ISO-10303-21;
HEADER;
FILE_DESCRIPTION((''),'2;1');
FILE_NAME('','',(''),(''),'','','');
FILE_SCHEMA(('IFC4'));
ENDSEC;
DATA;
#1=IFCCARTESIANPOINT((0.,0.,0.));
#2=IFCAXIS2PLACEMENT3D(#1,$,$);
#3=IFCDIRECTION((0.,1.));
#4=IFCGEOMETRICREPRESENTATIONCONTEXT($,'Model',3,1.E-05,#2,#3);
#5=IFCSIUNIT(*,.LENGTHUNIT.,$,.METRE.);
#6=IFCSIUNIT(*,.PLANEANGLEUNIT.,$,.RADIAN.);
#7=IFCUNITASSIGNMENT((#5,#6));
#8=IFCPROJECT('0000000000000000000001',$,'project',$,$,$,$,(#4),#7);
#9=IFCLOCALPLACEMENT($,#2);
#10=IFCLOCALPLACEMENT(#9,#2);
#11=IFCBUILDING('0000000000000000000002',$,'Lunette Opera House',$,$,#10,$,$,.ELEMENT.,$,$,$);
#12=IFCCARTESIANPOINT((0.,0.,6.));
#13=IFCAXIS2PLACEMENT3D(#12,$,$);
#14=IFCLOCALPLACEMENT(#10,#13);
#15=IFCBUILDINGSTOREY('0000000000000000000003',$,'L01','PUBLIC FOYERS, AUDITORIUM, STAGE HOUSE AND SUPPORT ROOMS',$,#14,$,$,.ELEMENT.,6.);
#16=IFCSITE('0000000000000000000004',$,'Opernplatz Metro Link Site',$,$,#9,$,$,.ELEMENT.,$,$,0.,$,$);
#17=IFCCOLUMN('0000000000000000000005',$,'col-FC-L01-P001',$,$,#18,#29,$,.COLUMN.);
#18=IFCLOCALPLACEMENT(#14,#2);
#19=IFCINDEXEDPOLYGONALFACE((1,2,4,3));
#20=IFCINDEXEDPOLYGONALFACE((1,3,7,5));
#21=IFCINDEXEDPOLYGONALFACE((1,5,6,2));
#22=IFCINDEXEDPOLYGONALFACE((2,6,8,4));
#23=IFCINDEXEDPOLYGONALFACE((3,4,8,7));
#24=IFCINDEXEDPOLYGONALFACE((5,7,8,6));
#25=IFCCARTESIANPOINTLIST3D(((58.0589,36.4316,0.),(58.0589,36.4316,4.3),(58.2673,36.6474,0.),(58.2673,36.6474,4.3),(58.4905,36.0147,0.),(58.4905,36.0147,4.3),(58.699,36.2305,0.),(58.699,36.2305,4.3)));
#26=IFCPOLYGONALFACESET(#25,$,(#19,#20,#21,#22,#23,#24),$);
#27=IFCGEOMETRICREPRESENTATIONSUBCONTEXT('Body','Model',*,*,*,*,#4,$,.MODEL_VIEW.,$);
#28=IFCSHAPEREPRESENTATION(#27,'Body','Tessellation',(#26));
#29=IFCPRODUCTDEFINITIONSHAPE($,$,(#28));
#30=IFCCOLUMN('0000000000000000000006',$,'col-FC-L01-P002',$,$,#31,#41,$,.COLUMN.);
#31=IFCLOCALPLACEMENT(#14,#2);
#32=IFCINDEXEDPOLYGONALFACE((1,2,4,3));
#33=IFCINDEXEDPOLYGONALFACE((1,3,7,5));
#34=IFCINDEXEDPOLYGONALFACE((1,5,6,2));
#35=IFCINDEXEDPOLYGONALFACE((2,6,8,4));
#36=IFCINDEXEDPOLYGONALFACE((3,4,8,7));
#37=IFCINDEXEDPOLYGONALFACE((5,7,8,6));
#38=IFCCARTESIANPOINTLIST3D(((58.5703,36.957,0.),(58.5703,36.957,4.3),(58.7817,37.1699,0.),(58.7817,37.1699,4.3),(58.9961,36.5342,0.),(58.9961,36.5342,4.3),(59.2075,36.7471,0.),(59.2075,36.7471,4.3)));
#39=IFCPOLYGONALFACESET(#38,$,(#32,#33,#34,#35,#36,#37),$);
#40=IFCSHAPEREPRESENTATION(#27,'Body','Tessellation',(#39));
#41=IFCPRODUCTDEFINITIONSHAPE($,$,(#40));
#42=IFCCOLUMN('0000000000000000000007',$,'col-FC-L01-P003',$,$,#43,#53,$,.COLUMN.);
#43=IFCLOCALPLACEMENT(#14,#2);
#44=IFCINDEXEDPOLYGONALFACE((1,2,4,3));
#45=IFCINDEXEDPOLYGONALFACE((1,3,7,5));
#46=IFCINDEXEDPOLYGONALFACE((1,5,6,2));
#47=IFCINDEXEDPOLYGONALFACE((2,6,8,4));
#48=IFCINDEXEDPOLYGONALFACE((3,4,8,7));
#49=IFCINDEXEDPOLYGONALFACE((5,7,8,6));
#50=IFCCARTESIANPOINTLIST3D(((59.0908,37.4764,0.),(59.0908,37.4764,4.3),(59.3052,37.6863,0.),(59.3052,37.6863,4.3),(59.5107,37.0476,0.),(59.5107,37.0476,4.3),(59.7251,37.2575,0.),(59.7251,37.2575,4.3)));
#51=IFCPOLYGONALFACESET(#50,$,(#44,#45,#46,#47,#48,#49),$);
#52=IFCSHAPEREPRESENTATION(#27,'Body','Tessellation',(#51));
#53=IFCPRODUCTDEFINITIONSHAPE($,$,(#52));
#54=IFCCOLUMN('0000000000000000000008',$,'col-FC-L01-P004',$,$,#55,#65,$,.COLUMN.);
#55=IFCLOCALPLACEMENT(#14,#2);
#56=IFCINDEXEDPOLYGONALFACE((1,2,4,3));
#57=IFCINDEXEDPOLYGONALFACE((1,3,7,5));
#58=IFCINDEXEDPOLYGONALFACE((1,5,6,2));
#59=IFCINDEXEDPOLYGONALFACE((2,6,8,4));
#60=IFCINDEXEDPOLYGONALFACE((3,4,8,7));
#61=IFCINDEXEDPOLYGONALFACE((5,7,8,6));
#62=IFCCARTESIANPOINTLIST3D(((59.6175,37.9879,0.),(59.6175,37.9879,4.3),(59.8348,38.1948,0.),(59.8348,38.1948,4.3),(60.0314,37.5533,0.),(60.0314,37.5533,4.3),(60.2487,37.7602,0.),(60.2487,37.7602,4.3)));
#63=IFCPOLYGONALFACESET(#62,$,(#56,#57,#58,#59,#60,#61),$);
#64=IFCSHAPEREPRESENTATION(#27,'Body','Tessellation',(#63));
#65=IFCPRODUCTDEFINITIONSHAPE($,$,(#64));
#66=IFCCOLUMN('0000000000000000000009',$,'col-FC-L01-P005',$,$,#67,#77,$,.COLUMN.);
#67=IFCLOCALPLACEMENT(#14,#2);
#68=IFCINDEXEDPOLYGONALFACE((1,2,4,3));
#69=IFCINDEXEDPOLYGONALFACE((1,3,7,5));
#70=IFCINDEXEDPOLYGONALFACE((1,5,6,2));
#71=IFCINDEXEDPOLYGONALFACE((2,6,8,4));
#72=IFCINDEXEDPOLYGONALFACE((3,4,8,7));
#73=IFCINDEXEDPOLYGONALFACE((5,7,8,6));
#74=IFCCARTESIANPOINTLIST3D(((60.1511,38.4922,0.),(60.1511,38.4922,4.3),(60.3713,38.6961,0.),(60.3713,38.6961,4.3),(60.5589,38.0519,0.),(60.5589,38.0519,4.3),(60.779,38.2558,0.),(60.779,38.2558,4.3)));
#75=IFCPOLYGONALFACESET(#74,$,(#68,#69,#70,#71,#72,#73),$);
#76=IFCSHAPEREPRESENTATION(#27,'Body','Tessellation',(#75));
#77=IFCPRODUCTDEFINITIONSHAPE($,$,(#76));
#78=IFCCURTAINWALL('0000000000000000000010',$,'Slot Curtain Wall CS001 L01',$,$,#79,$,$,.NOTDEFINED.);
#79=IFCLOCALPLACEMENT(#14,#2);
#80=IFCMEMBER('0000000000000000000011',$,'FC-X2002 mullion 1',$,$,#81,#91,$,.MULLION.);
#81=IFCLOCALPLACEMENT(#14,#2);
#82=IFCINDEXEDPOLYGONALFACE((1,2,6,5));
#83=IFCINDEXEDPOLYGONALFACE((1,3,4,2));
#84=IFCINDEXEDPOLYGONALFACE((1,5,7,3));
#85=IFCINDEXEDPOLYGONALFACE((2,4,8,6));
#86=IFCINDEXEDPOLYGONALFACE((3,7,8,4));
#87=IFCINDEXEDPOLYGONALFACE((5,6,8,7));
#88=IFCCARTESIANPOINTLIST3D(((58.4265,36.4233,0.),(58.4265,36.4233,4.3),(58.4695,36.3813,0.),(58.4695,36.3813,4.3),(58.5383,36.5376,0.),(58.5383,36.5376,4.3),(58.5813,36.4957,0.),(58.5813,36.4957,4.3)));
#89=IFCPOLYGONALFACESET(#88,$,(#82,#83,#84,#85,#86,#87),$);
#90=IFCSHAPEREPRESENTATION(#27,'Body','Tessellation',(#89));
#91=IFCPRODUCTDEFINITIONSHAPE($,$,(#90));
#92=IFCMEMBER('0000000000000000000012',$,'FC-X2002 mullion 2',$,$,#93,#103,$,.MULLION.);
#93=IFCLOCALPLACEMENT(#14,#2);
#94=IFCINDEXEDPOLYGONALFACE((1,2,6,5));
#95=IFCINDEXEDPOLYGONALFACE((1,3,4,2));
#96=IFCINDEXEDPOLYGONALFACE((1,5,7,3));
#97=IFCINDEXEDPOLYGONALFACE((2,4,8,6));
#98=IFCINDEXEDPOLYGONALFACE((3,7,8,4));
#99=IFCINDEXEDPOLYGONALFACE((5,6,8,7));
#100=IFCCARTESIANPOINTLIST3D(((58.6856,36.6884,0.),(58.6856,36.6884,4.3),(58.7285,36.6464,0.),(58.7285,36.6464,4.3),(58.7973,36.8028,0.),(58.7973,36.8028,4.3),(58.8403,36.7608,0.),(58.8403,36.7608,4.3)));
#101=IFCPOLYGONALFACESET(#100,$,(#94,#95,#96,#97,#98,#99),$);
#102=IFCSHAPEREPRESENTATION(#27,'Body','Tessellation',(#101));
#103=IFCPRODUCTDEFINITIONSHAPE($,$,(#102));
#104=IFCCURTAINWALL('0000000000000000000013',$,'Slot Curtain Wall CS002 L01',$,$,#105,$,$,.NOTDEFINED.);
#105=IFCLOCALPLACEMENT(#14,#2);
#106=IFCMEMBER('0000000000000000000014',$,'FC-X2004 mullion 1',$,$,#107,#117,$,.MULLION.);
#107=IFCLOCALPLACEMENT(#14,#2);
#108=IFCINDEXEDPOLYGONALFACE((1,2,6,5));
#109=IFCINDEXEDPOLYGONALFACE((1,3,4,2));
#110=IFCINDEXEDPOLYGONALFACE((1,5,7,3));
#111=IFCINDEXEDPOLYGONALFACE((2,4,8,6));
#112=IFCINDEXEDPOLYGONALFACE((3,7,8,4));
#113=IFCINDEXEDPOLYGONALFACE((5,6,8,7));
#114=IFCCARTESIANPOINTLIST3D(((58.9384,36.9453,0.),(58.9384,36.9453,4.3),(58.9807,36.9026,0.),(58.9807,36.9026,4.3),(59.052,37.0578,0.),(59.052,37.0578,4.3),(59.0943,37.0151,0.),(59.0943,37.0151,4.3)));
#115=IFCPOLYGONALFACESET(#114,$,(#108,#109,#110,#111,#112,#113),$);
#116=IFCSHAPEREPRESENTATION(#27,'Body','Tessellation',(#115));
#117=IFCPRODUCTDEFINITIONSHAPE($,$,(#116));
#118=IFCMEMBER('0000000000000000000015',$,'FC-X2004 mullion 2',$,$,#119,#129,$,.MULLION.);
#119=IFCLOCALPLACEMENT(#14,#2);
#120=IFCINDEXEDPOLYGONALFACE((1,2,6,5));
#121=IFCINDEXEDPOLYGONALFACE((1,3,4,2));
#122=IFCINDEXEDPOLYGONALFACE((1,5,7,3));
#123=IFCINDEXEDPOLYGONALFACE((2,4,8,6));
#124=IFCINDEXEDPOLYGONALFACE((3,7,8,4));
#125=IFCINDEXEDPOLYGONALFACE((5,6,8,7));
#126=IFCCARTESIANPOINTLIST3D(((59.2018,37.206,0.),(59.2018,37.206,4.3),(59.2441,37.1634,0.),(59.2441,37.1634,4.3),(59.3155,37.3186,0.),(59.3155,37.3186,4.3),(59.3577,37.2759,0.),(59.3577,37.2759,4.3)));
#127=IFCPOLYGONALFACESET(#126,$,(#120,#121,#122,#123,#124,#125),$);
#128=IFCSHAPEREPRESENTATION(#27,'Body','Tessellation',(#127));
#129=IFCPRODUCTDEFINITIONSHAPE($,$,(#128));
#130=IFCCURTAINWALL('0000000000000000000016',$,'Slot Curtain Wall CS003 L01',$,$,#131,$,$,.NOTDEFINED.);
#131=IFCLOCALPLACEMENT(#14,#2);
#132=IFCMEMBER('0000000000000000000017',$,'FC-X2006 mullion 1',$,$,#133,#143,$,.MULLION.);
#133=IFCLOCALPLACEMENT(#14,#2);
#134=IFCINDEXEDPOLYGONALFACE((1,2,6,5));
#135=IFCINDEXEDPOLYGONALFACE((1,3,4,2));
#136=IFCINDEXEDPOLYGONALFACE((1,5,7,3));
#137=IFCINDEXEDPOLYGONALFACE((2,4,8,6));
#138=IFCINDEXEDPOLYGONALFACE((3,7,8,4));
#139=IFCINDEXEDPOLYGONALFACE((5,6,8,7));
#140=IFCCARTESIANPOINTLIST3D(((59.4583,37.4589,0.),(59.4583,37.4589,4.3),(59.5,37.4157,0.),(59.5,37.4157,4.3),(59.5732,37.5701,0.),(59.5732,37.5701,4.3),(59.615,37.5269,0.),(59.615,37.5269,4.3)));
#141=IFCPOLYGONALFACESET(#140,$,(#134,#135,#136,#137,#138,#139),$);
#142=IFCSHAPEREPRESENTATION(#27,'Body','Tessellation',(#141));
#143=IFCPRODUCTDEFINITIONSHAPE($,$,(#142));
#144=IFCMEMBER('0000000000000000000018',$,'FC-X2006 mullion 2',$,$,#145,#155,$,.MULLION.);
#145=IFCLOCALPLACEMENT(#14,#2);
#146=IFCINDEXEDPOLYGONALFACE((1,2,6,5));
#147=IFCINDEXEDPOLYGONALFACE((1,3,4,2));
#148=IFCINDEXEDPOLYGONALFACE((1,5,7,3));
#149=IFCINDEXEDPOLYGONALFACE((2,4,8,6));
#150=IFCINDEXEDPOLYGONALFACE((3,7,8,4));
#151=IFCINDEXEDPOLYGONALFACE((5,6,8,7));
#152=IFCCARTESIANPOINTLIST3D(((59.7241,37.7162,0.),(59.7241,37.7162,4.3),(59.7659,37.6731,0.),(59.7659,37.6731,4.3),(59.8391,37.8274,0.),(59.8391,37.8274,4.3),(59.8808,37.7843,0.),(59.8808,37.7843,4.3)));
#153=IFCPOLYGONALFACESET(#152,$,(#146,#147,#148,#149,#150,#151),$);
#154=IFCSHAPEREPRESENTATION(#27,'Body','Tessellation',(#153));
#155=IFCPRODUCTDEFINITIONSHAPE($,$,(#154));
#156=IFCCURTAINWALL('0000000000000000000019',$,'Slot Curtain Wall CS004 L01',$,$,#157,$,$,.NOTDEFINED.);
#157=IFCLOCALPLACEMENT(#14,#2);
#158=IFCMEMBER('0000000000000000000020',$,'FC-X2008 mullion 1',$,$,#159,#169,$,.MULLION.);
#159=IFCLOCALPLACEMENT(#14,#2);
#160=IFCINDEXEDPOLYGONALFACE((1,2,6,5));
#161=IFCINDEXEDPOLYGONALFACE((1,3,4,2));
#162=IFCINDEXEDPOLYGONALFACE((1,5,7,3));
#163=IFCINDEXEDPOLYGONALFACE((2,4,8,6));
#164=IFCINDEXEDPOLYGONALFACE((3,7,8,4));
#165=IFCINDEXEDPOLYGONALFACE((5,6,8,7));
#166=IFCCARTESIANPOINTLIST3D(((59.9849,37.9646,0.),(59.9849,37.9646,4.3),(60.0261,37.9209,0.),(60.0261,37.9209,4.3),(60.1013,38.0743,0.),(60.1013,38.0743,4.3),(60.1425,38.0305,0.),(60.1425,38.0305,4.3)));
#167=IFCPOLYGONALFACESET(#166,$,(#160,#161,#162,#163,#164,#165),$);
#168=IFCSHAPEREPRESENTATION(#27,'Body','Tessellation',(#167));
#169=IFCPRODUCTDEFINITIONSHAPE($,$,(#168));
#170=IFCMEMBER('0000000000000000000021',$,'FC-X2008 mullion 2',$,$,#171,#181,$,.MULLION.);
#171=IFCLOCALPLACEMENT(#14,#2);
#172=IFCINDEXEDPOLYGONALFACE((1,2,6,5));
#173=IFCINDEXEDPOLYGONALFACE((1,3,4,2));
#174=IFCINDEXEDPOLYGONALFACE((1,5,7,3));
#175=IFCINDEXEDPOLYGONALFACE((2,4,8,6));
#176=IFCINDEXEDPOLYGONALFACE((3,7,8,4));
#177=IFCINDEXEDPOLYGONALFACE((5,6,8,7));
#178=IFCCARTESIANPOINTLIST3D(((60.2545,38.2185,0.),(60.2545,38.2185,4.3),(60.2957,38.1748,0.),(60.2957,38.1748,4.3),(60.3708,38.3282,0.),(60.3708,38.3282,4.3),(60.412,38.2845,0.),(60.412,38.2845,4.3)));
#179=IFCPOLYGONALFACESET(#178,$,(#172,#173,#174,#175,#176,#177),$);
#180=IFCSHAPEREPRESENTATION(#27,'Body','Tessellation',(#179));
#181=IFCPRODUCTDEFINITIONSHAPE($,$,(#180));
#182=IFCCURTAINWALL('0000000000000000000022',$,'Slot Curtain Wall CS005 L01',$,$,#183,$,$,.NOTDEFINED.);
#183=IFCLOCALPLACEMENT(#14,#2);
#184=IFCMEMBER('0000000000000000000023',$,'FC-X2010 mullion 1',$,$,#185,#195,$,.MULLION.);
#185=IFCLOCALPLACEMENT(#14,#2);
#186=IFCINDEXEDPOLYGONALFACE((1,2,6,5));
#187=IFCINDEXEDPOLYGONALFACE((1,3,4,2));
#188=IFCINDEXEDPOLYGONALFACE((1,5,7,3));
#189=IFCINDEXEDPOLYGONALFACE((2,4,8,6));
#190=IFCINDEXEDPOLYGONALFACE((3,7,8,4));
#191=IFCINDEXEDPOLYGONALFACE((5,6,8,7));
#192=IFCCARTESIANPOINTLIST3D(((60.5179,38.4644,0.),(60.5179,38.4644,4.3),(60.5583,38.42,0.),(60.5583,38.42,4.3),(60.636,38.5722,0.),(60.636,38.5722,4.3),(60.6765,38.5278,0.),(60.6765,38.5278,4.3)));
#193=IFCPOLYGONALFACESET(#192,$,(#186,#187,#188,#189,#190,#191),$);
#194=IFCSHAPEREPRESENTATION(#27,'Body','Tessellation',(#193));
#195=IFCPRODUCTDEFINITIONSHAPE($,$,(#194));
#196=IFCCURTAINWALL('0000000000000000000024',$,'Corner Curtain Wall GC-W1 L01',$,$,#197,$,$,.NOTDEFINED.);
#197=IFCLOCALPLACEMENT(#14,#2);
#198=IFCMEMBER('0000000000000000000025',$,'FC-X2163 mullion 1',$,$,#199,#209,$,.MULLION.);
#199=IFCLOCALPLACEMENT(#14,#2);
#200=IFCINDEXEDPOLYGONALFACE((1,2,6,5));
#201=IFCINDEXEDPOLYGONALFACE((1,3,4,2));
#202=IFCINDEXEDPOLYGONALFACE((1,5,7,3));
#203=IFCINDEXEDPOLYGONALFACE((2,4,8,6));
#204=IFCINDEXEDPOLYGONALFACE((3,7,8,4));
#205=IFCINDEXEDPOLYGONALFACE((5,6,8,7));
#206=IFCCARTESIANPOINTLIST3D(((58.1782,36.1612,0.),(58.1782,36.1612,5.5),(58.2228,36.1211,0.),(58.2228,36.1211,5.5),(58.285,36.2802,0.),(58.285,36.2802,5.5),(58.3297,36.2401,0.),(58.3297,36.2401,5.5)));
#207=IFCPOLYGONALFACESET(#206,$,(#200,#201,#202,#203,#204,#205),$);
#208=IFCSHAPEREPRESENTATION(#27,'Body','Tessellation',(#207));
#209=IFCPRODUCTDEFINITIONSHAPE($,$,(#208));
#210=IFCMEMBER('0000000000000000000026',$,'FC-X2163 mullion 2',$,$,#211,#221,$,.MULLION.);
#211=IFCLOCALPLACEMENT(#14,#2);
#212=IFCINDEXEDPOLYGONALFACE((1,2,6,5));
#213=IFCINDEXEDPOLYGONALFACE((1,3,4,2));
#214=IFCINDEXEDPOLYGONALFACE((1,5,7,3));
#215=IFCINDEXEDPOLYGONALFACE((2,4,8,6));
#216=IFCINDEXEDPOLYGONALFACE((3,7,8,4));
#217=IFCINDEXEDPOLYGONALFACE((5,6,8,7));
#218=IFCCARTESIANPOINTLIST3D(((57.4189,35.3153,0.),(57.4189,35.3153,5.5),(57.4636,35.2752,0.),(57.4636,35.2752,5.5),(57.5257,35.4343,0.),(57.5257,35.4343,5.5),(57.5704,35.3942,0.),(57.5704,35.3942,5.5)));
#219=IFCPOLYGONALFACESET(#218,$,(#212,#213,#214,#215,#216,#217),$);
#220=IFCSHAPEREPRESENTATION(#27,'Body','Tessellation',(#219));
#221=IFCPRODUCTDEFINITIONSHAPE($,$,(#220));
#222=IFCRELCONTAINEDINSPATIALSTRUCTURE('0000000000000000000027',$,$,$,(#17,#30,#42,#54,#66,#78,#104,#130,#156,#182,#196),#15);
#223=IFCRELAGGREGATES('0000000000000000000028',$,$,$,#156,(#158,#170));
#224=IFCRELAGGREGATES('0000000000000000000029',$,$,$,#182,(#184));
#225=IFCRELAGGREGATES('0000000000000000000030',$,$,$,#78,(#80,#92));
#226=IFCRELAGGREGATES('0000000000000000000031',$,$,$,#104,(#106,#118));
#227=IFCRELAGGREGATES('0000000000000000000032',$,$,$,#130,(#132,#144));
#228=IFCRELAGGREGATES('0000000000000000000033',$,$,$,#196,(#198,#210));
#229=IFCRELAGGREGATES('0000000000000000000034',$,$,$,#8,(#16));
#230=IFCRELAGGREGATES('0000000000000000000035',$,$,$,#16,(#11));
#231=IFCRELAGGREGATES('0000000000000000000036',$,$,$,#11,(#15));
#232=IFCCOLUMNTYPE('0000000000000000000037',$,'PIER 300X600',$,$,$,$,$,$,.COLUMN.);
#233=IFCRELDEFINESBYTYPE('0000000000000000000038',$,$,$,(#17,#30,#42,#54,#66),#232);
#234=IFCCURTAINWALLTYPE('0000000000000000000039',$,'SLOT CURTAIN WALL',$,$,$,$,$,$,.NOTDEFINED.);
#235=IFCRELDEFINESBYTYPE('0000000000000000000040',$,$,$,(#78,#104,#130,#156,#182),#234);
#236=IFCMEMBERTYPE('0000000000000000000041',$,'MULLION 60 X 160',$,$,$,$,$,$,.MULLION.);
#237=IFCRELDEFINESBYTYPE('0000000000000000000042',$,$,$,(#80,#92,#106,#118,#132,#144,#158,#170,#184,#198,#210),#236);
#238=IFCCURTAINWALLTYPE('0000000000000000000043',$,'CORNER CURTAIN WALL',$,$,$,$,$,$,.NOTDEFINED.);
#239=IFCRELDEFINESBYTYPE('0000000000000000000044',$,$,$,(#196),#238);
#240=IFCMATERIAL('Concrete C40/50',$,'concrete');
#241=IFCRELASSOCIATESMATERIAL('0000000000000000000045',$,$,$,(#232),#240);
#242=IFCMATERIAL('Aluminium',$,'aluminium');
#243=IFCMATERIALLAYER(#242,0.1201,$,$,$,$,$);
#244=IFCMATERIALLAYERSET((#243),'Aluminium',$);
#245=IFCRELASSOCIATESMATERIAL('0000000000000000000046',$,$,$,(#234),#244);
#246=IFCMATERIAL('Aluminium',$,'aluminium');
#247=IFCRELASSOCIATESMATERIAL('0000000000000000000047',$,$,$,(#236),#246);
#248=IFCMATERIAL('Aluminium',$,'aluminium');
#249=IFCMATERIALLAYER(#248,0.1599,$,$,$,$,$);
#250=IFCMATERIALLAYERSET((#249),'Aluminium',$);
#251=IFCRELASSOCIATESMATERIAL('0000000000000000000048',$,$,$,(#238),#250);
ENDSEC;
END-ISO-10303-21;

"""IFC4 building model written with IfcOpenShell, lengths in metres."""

from ifc_helpers import new_model, si_unit, direction, frame, origin, origin_2d, place, context, subcontext, project, spatial, rectangle, extrude, material, layer, layer_set, material_profile, profile_set, type_object, element, aggregate, save


model = new_model("IFC4")

# Units and contexts
model_context = context("Model", 3, precision=1e-05, world=origin(), true_north=direction((0.0, 1.0)))
body_context = subcontext(model_context, "Body", "Model", "MODEL_VIEW")
ifc_project = project(units=[si_unit("LENGTHUNIT", "METRE"), si_unit("PLANEANGLEUNIT", "RADIAN")], contexts=[model_context])

# Site, building, storey
site_placement = place(None, origin())
site = spatial("IfcSite", under=ifc_project, at=site_placement, Name="Opernplatz Metro Link Site", CompositionType="ELEMENT", RefElevation=0.0)
building_placement = place(site_placement, origin())
building = spatial("IfcBuilding", under=site, at=building_placement, Name="Lunette Opera House", CompositionType="ELEMENT")
storey_placement = place(building_placement, frame((0.0, 0.0, 6.0)))
storey = spatial("IfcBuildingStorey", under=building, at=storey_placement, Name="L01", Description="PUBLIC FOYERS, AUDITORIUM, STAGE HOUSE AND SUPPORT ROOMS", CompositionType="ELEMENT", Elevation=6.0)

# Columns
ifc_material_1 = material(Name="Concrete C40/50", Category="concrete")
ifc_material_profile_1 = material_profile(ifc_material_1, rectangle(XDim=0.3, YDim=0.6001, at=origin_2d()), Name="PIER 300X600")
ifc_profile_set_1 = profile_set([ifc_material_profile_1], Name="Concrete C40/50")
column_type = type_object("IfcColumnType", Name="PIER 300X600", PredefinedType="COLUMN", material=ifc_profile_set_1)
for number, where, z_axis, x_axis, name in (
    (1, (58.3789, 36.3311, 0.0), (0.0, 0.0, 1.0), (0.694658, 0.71934, 0.0), "col-FC-L01-P001"),
    (2, (58.8889, 36.8521, 0.0), (0.0, 0.0, 1.0), (0.704634, 0.709571, 0.0), "col-FC-L01-P002"),
    (3, (59.408, 37.3669, 0.0), (0.0, 0.0, 1.0), (0.714473, 0.699663, 0.0), "col-FC-L01-P003"),
    (4, (59.9331, 37.874, 0.0), (0.0, 0.0, 1.0), (0.724172, 0.68962, 0.0), "col-FC-L01-P004"),
    (5, (60.4651, 38.374, 0.0), (0.0, 0.0, 1.0), (0.73373, 0.679441, 0.0), "col-FC-L01-P005"),
):
    element("IfcColumn", number, at=place(storey_placement, frame(where, z_axis=z_axis, x_axis=x_axis)), inside=storey, type_object=column_type, Name=name, PredefinedType="COLUMN", context=body_context, shape_type="SweptSolid", body=[
        extrude(rectangle(XDim=0.3, YDim=0.6001, at=origin_2d()), origin(), (0.0, 0.0, 1.0), 4.3),
    ])

# Curtain walls, members
ifc_material_2 = material(Name="Aluminium", Category="aluminium")
ifc_layer_1 = layer(ifc_material_2, 0.1201)
ifc_layer_set_1 = layer_set([ifc_layer_1], Name="Aluminium")
curtain_wall_type_1 = type_object("IfcCurtainWallType", Name="SLOT CURTAIN WALL", PredefinedType="NOTDEFINED", material=ifc_layer_set_1)
curtain_wall_1_placement = place(storey_placement, origin())
curtain_wall_1 = element("IfcCurtainWall", 6, at=curtain_wall_1_placement, inside=storey, type_object=curtain_wall_type_1, Name="Slot Curtain Wall CS001 L01", PredefinedType="NOTDEFINED")
ifc_material_3 = material(Name="Aluminium", Category="aluminium")
ifc_material_profile_2 = material_profile(ifc_material_3, rectangle(XDim=0.0601, YDim=0.1599, at=origin_2d()), Name="MULLION 60 X 160")
ifc_profile_set_2 = profile_set([ifc_material_profile_2], Name="Aluminium")
member_type_1 = type_object("IfcMemberType", Name="MULLION 60 X 160", PredefinedType="MULLION", material=ifc_profile_set_2)
member_1_placement = place(storey_placement, frame((58.5039, 36.4595, 0.0), z_axis=(0.0, 0.0, 1.0), x_axis=(-0.715187, 0.698933, 0.0)))
member_1 = element("IfcMember", 7, at=member_1_placement, type_object=member_type_1, Name="FC-X2002 mullion 1", PredefinedType="MULLION", context=body_context, shape_type="SweptSolid", body=[
    extrude(rectangle(XDim=0.0601, YDim=0.1599, at=origin_2d()), origin(), (0.0, 0.0, 1.0), 4.3),
])
member_2_placement = place(storey_placement, frame((58.7629, 36.7246, 0.0), z_axis=(0.0, 0.0, 1.0), x_axis=(-0.715187, 0.698933, 0.0)))
member_2 = element("IfcMember", 8, at=member_2_placement, type_object=member_type_1, Name="FC-X2002 mullion 2", PredefinedType="MULLION", context=body_context, shape_type="SweptSolid", body=[
    extrude(rectangle(XDim=0.0601, YDim=0.1599, at=origin_2d()), origin(), (0.0, 0.0, 1.0), 4.3),
])
curtain_wall_2_placement = place(storey_placement, origin())
curtain_wall_2 = element("IfcCurtainWall", 9, at=curtain_wall_2_placement, inside=storey, type_object=curtain_wall_type_1, Name="Slot Curtain Wall CS002 L01", PredefinedType="NOTDEFINED")
member_3_placement = place(storey_placement, frame((59.0164, 36.9802, 0.0), z_axis=(0.0, 0.0, 1.0), x_axis=(-0.703615, 0.710581, 0.0)))
member_3 = element("IfcMember", 10, at=member_3_placement, type_object=member_type_1, Name="FC-X2004 mullion 1", PredefinedType="MULLION", context=body_context, shape_type="SweptSolid", body=[
    extrude(rectangle(XDim=0.0601, YDim=0.1599, at=origin_2d()), origin(), (0.0, 0.0, 1.0), 4.3),
])
member_4_placement = place(storey_placement, frame((59.2798, 37.241, 0.0), z_axis=(0.0, 0.0, 1.0), x_axis=(-0.703615, 0.710581, 0.0)))
member_4 = element("IfcMember", 11, at=member_4_placement, type_object=member_type_1, Name="FC-X2004 mullion 2", PredefinedType="MULLION", context=body_context, shape_type="SweptSolid", body=[
    extrude(rectangle(XDim=0.0601, YDim=0.1599, at=origin_2d()), origin(), (0.0, 0.0, 1.0), 4.3),
])
curtain_wall_3_placement = place(storey_placement, origin())
curtain_wall_3 = element("IfcCurtainWall", 12, at=curtain_wall_3_placement, inside=storey, type_object=curtain_wall_type_1, Name="Slot Curtain Wall CS003 L01", PredefinedType="NOTDEFINED")
member_5_placement = place(storey_placement, frame((59.5366, 37.4929, 0.0), z_axis=(0.0, 0.0, 1.0), x_axis=(-0.695383, 0.71864, 0.0)))
member_5 = element("IfcMember", 13, at=member_5_placement, type_object=member_type_1, Name="FC-X2006 mullion 1", PredefinedType="MULLION", context=body_context, shape_type="SweptSolid", body=[
    extrude(rectangle(XDim=0.0601, YDim=0.1599, at=origin_2d()), origin(), (0.0, 0.0, 1.0), 4.3),
])
member_6_placement = place(storey_placement, frame((59.8025, 37.7502, 0.0), z_axis=(0.0, 0.0, 1.0), x_axis=(-0.695383, 0.71864, 0.0)))
member_6 = element("IfcMember", 14, at=member_6_placement, type_object=member_type_1, Name="FC-X2006 mullion 2", PredefinedType="MULLION", context=body_context, shape_type="SweptSolid", body=[
    extrude(rectangle(XDim=0.0601, YDim=0.1599, at=origin_2d()), origin(), (0.0, 0.0, 1.0), 4.3),
])
curtain_wall_4_placement = place(storey_placement, origin())
curtain_wall_4 = element("IfcCurtainWall", 15, at=curtain_wall_4_placement, inside=storey, type_object=curtain_wall_type_1, Name="Slot Curtain Wall CS004 L01", PredefinedType="NOTDEFINED")
member_7_placement = place(storey_placement, frame((60.0637, 37.9976, 0.0), z_axis=(0.0, 0.0, 1.0), x_axis=(-0.685872, 0.727722, 0.0)))
member_7 = element("IfcMember", 16, at=member_7_placement, type_object=member_type_1, Name="FC-X2008 mullion 1", PredefinedType="MULLION", context=body_context, shape_type="SweptSolid", body=[
    extrude(rectangle(XDim=0.0601, YDim=0.1599, at=origin_2d()), origin(), (0.0, 0.0, 1.0), 4.3),
])
member_8_placement = place(storey_placement, frame((60.3333, 38.2515, 0.0), z_axis=(0.0, 0.0, 1.0), x_axis=(-0.685872, 0.727722, 0.0)))
member_8 = element("IfcMember", 17, at=member_8_placement, type_object=member_type_1, Name="FC-X2008 mullion 2", PredefinedType="MULLION", context=body_context, shape_type="SweptSolid", body=[
    extrude(rectangle(XDim=0.0601, YDim=0.1599, at=origin_2d()), origin(), (0.0, 0.0, 1.0), 4.3),
])

# Curtain wall, member
curtain_wall_5_placement = place(storey_placement, origin())
curtain_wall_5 = element("IfcCurtainWall", 18, at=curtain_wall_5_placement, inside=storey, type_object=curtain_wall_type_1, Name="Slot Curtain Wall CS005 L01", PredefinedType="NOTDEFINED")
member_9_placement = place(storey_placement, frame((60.5972, 38.4961, 0.0), z_axis=(0.0, 0.0, 1.0), x_axis=(-0.673828, 0.738888, 0.0)))
member_9 = element("IfcMember", 19, at=member_9_placement, type_object=member_type_1, Name="FC-X2010 mullion 1", PredefinedType="MULLION", context=body_context, shape_type="SweptSolid", body=[
    extrude(rectangle(XDim=0.0601, YDim=0.1599, at=origin_2d()), origin(), (0.0, 0.0, 1.0), 4.3),
])

# Curtain wall, members
ifc_material_4 = material(Name="Aluminium", Category="aluminium")
ifc_layer_2 = layer(ifc_material_4, 0.1599)
ifc_layer_set_2 = layer_set([ifc_layer_2], Name="Aluminium")
curtain_wall_type_2 = type_object("IfcCurtainWallType", Name="CORNER CURTAIN WALL", PredefinedType="NOTDEFINED", material=ifc_layer_set_2)
curtain_wall_6_placement = place(storey_placement, origin())
curtain_wall_6 = element("IfcCurtainWall", 20, at=curtain_wall_6_placement, inside=storey, type_object=curtain_wall_type_2, Name="Corner Curtain Wall GC-W1 L01", PredefinedType="NOTDEFINED")
member_10_placement = place(storey_placement, frame((58.2539, 36.2007, 0.0), z_axis=(0.0, 0.0, 1.0), x_axis=(0.744217, -0.667938, 0.0)))
member_10 = element("IfcMember", 21, at=member_10_placement, type_object=member_type_1, Name="FC-X2163 mullion 1", PredefinedType="MULLION", context=body_context, shape_type="SweptSolid", body=[
    extrude(rectangle(XDim=0.0601, YDim=0.1599, at=origin_2d()), origin(), (0.0, 0.0, 1.0), 5.5),
])
member_11_placement = place(storey_placement, frame((57.4946, 35.3547, 0.0), z_axis=(0.0, 0.0, 1.0), x_axis=(0.744217, -0.667938, 0.0)))
member_11 = element("IfcMember", 22, at=member_11_placement, type_object=member_type_1, Name="FC-X2163 mullion 2", PredefinedType="MULLION", context=body_context, shape_type="SweptSolid", body=[
    extrude(rectangle(XDim=0.0601, YDim=0.1599, at=origin_2d()), origin(), (0.0, 0.0, 1.0), 5.5),
])

aggregate(curtain_wall_4, [member_7, member_8])
aggregate(curtain_wall_5, [member_9])

aggregate(curtain_wall_1, [member_1, member_2])
aggregate(curtain_wall_2, [member_3, member_4])
aggregate(curtain_wall_3, [member_5, member_6])
aggregate(curtain_wall_6, [member_10, member_11])

save(model, "model.ifc")
